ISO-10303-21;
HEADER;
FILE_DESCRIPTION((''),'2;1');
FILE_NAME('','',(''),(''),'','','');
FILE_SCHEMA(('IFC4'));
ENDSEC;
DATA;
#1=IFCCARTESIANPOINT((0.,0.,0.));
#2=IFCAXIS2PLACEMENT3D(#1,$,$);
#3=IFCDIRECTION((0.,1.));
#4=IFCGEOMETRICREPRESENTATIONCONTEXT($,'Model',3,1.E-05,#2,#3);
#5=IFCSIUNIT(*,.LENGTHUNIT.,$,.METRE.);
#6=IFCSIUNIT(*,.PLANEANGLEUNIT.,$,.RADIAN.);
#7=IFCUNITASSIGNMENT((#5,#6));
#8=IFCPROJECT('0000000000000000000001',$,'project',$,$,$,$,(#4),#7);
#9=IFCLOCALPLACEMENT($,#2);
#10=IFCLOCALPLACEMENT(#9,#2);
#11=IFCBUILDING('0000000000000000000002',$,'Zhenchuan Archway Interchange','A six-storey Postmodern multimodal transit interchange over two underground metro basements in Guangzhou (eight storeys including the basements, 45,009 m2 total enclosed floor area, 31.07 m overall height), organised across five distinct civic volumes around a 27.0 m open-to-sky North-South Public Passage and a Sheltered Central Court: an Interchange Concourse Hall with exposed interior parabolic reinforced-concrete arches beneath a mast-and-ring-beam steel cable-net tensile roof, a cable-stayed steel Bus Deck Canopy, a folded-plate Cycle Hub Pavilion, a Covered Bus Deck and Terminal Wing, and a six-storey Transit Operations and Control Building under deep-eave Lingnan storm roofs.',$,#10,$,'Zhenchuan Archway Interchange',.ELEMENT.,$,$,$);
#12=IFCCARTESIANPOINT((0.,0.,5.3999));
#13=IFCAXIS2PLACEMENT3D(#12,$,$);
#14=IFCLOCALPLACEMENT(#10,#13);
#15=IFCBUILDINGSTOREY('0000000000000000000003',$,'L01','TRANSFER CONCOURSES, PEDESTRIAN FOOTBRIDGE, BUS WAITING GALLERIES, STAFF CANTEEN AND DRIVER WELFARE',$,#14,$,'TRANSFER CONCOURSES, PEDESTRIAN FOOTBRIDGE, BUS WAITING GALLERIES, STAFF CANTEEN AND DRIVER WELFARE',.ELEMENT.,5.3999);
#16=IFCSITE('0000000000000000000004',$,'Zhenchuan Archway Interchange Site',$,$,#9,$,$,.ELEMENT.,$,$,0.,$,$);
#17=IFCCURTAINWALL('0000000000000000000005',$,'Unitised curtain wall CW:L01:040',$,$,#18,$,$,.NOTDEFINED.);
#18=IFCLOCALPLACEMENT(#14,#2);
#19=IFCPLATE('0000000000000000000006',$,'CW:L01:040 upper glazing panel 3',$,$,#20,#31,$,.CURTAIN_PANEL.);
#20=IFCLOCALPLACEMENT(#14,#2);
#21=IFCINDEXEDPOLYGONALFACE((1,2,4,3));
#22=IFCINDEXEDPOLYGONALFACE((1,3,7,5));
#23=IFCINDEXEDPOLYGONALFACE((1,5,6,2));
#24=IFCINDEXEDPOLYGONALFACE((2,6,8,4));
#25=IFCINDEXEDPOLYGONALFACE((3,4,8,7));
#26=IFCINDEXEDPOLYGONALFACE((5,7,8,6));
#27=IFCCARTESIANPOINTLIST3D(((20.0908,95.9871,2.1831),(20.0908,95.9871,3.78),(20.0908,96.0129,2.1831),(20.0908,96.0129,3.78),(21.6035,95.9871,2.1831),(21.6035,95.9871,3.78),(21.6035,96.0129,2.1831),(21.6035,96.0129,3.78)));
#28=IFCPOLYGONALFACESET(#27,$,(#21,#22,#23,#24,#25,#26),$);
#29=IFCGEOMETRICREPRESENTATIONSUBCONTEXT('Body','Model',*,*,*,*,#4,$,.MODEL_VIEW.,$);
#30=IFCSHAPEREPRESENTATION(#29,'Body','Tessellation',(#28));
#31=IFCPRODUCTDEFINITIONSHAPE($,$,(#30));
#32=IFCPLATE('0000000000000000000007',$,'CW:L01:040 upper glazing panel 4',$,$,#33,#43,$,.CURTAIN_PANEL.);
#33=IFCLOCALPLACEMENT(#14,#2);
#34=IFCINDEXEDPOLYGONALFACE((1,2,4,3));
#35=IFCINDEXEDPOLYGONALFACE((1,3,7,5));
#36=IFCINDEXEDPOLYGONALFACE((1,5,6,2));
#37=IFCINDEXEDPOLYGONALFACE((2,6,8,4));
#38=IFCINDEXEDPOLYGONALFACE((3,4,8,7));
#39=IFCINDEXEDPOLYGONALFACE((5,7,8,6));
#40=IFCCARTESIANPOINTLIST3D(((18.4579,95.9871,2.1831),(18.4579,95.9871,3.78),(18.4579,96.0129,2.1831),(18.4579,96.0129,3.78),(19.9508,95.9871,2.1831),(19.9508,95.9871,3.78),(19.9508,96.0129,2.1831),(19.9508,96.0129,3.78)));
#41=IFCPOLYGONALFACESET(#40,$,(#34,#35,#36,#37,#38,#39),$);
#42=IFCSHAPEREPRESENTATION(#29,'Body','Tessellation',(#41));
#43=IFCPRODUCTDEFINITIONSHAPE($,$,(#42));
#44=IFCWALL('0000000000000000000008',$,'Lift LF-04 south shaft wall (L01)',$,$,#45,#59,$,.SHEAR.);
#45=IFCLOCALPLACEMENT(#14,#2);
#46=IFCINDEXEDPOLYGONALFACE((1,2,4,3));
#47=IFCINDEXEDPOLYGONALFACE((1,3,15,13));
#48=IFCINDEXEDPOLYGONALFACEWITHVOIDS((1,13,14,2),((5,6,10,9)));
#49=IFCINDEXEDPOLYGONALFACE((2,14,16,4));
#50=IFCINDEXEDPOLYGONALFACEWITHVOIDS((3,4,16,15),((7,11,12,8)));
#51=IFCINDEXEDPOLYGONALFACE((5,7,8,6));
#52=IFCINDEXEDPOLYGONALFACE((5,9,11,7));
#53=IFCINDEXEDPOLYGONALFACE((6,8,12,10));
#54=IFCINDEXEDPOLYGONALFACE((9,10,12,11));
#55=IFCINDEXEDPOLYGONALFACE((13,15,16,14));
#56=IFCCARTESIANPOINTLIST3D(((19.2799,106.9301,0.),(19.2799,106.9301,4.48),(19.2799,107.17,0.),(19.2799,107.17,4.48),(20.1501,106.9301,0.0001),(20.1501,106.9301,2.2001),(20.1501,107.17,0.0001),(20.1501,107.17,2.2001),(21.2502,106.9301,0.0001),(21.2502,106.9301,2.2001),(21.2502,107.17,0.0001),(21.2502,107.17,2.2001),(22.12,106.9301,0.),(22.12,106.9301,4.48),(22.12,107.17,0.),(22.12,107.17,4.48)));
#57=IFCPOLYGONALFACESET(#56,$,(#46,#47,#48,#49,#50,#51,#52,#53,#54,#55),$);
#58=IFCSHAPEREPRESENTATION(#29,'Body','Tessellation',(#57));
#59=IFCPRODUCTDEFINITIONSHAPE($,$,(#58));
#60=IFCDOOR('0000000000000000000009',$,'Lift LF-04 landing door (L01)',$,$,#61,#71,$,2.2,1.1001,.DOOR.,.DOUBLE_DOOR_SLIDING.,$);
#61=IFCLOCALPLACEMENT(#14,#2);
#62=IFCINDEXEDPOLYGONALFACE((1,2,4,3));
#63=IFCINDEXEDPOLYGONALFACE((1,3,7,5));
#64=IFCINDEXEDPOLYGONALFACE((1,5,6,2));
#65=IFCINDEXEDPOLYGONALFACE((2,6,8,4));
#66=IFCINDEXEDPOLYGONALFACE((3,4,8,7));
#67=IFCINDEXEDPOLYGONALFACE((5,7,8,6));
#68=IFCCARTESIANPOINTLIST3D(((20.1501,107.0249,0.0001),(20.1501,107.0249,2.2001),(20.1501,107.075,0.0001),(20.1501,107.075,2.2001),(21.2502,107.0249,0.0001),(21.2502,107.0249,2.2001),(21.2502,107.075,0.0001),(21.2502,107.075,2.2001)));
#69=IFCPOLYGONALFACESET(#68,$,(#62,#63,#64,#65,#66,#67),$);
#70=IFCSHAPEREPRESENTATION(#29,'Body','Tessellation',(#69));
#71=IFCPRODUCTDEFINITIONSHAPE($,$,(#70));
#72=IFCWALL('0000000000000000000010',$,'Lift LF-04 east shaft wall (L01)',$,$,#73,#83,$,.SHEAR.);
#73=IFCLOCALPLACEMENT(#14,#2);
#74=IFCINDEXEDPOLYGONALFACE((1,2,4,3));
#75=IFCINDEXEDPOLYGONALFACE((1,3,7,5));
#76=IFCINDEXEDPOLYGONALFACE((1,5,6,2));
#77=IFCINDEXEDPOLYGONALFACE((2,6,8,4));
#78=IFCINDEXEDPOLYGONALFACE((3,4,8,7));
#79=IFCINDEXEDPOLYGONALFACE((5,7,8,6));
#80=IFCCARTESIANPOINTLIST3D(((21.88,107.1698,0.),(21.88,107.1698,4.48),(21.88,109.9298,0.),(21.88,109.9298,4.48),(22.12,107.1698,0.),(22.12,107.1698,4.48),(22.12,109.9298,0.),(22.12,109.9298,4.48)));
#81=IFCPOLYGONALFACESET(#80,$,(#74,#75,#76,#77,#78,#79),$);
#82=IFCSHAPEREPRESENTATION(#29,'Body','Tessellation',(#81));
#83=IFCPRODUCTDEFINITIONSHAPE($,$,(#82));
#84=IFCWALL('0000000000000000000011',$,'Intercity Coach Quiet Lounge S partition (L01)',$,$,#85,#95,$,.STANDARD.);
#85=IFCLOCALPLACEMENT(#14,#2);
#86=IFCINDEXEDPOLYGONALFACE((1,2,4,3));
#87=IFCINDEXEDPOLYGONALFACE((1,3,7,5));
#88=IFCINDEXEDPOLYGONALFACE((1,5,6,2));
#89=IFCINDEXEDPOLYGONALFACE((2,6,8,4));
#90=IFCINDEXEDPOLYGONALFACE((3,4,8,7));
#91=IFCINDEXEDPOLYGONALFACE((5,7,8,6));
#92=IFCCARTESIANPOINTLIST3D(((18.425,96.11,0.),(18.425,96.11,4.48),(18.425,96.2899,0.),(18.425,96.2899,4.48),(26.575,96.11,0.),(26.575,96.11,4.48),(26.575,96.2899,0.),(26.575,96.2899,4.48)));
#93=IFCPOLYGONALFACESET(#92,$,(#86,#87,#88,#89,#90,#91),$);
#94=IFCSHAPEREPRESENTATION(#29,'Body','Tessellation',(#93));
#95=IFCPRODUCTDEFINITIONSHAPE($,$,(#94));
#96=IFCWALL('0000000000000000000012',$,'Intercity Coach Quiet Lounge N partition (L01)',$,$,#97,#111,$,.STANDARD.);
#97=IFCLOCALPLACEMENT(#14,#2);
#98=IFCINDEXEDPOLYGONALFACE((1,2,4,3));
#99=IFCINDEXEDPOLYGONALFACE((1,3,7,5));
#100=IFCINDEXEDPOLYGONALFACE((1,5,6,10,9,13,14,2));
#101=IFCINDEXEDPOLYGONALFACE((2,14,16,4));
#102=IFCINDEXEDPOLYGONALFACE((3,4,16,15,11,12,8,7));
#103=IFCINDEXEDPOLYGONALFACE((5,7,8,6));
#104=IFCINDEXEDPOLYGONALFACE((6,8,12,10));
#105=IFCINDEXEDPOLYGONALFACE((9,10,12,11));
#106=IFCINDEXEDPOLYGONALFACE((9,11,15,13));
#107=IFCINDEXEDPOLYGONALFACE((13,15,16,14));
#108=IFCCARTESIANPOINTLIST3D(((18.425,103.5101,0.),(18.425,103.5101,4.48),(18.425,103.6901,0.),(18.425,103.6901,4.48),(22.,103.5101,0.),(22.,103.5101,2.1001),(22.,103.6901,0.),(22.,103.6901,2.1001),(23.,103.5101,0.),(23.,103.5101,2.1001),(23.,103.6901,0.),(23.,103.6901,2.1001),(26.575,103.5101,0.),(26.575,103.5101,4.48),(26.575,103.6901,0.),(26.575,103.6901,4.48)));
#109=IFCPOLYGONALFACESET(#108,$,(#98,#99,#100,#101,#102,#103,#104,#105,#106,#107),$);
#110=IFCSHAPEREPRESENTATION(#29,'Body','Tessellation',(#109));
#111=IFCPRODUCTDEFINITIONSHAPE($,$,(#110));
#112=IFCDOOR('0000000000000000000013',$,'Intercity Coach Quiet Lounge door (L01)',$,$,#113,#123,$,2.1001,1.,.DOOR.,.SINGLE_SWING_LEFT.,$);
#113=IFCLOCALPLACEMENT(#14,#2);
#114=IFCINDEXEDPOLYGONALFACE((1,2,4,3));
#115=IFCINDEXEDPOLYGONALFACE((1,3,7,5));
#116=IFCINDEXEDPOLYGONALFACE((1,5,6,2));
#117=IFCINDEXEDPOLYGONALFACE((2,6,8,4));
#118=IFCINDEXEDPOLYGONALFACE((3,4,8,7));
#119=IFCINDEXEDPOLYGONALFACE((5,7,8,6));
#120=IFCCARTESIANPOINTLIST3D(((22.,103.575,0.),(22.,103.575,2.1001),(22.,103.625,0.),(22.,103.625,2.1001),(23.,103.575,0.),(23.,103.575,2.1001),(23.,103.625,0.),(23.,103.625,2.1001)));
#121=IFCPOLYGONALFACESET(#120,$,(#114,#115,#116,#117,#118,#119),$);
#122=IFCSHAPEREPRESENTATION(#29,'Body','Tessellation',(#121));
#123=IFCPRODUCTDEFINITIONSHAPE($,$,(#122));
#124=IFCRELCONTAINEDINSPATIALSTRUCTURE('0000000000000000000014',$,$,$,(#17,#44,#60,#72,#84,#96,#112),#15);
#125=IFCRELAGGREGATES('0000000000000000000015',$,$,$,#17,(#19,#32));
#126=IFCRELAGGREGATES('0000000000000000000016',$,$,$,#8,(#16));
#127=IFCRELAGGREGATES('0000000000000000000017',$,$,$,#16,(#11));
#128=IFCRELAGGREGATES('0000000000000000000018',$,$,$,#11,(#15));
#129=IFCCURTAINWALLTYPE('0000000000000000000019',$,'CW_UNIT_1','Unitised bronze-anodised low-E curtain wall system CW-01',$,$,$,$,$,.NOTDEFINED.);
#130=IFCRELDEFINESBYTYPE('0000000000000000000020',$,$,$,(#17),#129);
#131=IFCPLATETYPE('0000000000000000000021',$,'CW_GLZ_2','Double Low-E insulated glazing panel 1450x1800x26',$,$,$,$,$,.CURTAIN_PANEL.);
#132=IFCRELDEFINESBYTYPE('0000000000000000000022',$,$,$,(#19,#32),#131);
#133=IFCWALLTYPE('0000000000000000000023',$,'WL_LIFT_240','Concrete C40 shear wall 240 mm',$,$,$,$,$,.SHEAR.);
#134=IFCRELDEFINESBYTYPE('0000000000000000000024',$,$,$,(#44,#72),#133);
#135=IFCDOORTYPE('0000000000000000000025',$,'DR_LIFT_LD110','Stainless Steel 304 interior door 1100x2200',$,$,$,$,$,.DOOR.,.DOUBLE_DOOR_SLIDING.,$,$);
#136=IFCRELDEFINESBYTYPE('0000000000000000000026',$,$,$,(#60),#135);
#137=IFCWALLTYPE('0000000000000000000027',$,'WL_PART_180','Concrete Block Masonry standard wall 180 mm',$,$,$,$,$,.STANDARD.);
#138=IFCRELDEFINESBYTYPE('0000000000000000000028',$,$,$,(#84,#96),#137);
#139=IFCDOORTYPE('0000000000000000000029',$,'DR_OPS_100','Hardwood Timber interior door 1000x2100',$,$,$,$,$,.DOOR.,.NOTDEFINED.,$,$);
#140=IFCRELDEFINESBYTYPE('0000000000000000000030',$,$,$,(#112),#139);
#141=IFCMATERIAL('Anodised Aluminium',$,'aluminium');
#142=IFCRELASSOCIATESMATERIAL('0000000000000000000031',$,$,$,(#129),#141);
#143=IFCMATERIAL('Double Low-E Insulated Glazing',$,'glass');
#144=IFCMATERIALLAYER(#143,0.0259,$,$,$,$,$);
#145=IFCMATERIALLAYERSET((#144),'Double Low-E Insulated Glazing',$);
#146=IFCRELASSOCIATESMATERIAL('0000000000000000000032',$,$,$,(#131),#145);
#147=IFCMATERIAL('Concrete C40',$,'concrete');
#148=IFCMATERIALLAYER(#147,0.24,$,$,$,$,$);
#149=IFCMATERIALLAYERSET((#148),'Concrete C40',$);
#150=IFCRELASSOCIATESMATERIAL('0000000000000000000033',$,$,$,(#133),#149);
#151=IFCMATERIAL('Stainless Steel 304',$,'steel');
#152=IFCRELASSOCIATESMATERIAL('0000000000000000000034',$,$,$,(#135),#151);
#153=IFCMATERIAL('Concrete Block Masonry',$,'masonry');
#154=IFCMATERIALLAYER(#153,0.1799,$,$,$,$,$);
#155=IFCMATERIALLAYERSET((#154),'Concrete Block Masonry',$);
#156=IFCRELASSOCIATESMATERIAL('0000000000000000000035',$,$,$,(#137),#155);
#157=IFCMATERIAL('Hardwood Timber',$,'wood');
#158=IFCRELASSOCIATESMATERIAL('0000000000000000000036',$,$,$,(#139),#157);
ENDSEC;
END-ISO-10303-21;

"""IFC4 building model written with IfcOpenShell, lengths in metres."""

from ifc_helpers import new_model, si_unit, direction, frame, frame_2d, origin, origin_2d, place, context, subcontext, project, spatial, rectangle, extrude, material, layer, layer_set, type_object, element, fill, aggregate, save


model = new_model("IFC4")

# Units and contexts
model_context = context("Model", 3, precision=1e-05, world=origin(), true_north=direction((0.0, 1.0)))
body_context = subcontext(model_context, "Body", "Model", "MODEL_VIEW")
ifc_project = project(units=[si_unit("LENGTHUNIT", "METRE"), si_unit("PLANEANGLEUNIT", "RADIAN")], contexts=[model_context])

# Site, building, storey
site_placement = place(None, origin())
site = spatial("IfcSite", under=ifc_project, at=site_placement, Name="Zhenchuan Archway Interchange Site", CompositionType="ELEMENT", RefElevation=0.0)
building_placement = place(site_placement, origin())
building = spatial("IfcBuilding", under=site, at=building_placement, Name="Zhenchuan Archway Interchange", Description="A six-storey Postmodern multimodal transit interchange over two underground metro basements in Guangzhou (eight storeys including the basements, 45,009 m2 total enclosed floor area, 31.07 m overall height), organised across five distinct civic volumes around a 27.0 m open-to-sky North-South Public Passage and a Sheltered Central Court: an Interchange Concourse Hall with exposed interior parabolic reinforced-concrete arches beneath a mast-and-ring-beam steel cable-net tensile roof, a cable-stayed steel Bus Deck Canopy, a folded-plate Cycle Hub Pavilion, a Covered Bus Deck and Terminal Wing, and a six-storey Transit Operations and Control Building under deep-eave Lingnan storm roofs.", LongName="Zhenchuan Archway Interchange", CompositionType="ELEMENT")
storey_placement = place(building_placement, frame((0.0, 0.0, 5.3999)))
storey = spatial("IfcBuildingStorey", under=building, at=storey_placement, Name="L01", Description="TRANSFER CONCOURSES, PEDESTRIAN FOOTBRIDGE, BUS WAITING GALLERIES, STAFF CANTEEN AND DRIVER WELFARE", LongName="TRANSFER CONCOURSES, PEDESTRIAN FOOTBRIDGE, BUS WAITING GALLERIES, STAFF CANTEEN AND DRIVER WELFARE", CompositionType="ELEMENT", Elevation=5.3999)

# Shared definitions
ifc_material_1 = material(Name="Concrete C40", Category="concrete")

# Curtain wall
ifc_material_2 = material(Name="Anodised Aluminium", Category="aluminium")
curtain_wall_type = type_object("IfcCurtainWallType", Name="CW_UNIT_1", Description="Unitised bronze-anodised low-E curtain wall system CW-01", PredefinedType="NOTDEFINED", material=ifc_material_2)
curtain_wall_placement = place(storey_placement, origin())
curtain_wall = element("IfcCurtainWall", 1, at=curtain_wall_placement, inside=storey, type_object=curtain_wall_type, Name="Unitised curtain wall CW:L01:040", PredefinedType="NOTDEFINED")

# Plates
ifc_material_3 = material(Name="Double Low-E Insulated Glazing", Category="glass")
ifc_layer_1 = layer(ifc_material_3, 0.0259)
ifc_layer_set_1 = layer_set([ifc_layer_1], Name="Double Low-E Insulated Glazing")
plate_type_1 = type_object("IfcPlateType", Name="CW_GLZ_2", Description="Double Low-E insulated glazing panel 1450x1800x26", PredefinedType="CURTAIN_PANEL", material=ifc_layer_set_1)
plate_1_placement = place(storey_placement, frame((20.8472, 96.0, 2.1831), z_axis=(0.0, 0.0, 1.0), x_axis=(-1.0, 0.0, 0.0)))
plate_1 = element("IfcPlate", 2, at=plate_1_placement, type_object=plate_type_1, Name="CW:L01:040 upper glazing panel 3", PredefinedType="CURTAIN_PANEL", context=body_context, shape_type="SweptSolid", body=[
    extrude(rectangle(XDim=1.5127, YDim=0.0259, at=origin_2d()), origin(), (0.0, 0.0, 1.0), 1.5969),
])
plate_2_placement = place(storey_placement, frame((19.2043, 96.0, 2.1831), z_axis=(0.0, 0.0, 1.0), x_axis=(-1.0, 0.0, 0.0)))
plate_2 = element("IfcPlate", 3, at=plate_2_placement, type_object=plate_type_1, Name="CW:L01:040 upper glazing panel 4", PredefinedType="CURTAIN_PANEL", context=body_context, shape_type="SweptSolid", body=[
    extrude(rectangle(XDim=1.4929, YDim=0.0259, at=origin_2d()), origin(), (0.0, 0.0, 1.0), 1.5969),
])
aggregate(curtain_wall, [plate_1, plate_2])

# Wall, opening, door
ifc_layer_2 = layer(ifc_material_1, 0.24)
ifc_layer_set_2 = layer_set([ifc_layer_2], Name="Concrete C40")
wall_type_1 = type_object("IfcWallType", Name="WL_LIFT_240", Description="Concrete C40 shear wall 240 mm", PredefinedType="SHEAR", material=ifc_layer_set_2)
wall_1_placement = place(storey_placement, frame((19.28, 107.05, 0.0), z_axis=(0.0, 0.0, 1.0), x_axis=(1.0, 0.0, 0.0)))
wall_1 = element("IfcWall", 4, at=wall_1_placement, inside=storey, type_object=wall_type_1, Name="Lift LF-04 south shaft wall (L01)", PredefinedType="SHEAR", context=body_context, shape_type="SweptSolid", body=[
    extrude(rectangle(XDim=2.8401, YDim=0.24, at=frame_2d((1.4199, 0.0))), origin(), (0.0, 0.0, 1.0), 4.48),
])
opening_1_placement = place(wall_1_placement, frame((0.8701, 0.0, 0.0)))
opening_1 = element("IfcOpeningElement", 5, at=opening_1_placement, cuts=wall_1, PredefinedType="OPENING", context=body_context, shape_type="SweptSolid", body=[
    extrude(rectangle(XDim=1.1001, YDim=2.2, at=frame_2d((0.55, 1.1001))), frame((0.0, 0.1318, 0.0), z_axis=(0.0, -1.0, 0.0), x_axis=(1.0, 0.0, 0.0)), (0.0, 0.0, 1.0), 0.2639),
])
ifc_material_4 = material(Name="Stainless Steel 304", Category="steel")
door_type_1 = type_object("IfcDoorType", Name="DR_LIFT_LD110", Description="Stainless Steel 304 interior door 1100x2200", OperationType="DOUBLE_DOOR_SLIDING", PredefinedType="DOOR", material=ifc_material_4)
door_1_placement = place(opening_1_placement, origin())
door_1 = element("IfcDoor", 6, at=door_1_placement, inside=storey, type_object=door_type_1, Name="Lift LF-04 landing door (L01)", OperationType="DOUBLE_DOOR_SLIDING", OverallHeight=2.2, OverallWidth=1.1001, PredefinedType="DOOR", context=body_context, shape_type="SweptSolid", body=[
    extrude(rectangle(XDim=1.1001, YDim=2.2, at=frame_2d((0.55, 1.1001))), frame((0.0, 0.0249, 0.0), z_axis=(0.0, -1.0, 0.0), x_axis=(1.0, 0.0, 0.0)), (0.0, 0.0, 1.0), 0.05),
])
fill(opening_1, door_1)

# Walls
wall_2_placement = place(storey_placement, frame((22.0, 107.1699, 0.0), z_axis=(0.0, 0.0, 1.0), x_axis=(0.0, 1.0, 0.0)))
element("IfcWall", 7, at=wall_2_placement, inside=storey, type_object=wall_type_1, Name="Lift LF-04 east shaft wall (L01)", PredefinedType="SHEAR", context=body_context, shape_type="SweptSolid", body=[
    extrude(rectangle(XDim=2.76, YDim=0.24, at=frame_2d((1.3799, 0.0))), origin(), (0.0, 0.0, 1.0), 4.48),
])
ifc_material_5 = material(Name="Concrete Block Masonry", Category="masonry")
ifc_layer_3 = layer(ifc_material_5, 0.1799)
ifc_layer_set_3 = layer_set([ifc_layer_3], Name="Concrete Block Masonry")
wall_type_2 = type_object("IfcWallType", Name="WL_PART_180", Description="Concrete Block Masonry standard wall 180 mm", PredefinedType="STANDARD", material=ifc_layer_set_3)
wall_3_placement = place(storey_placement, frame((18.425, 96.2, 0.0), z_axis=(0.0, 0.0, 1.0), x_axis=(1.0, 0.0, 0.0)))
element("IfcWall", 8, at=wall_3_placement, inside=storey, type_object=wall_type_2, Name="Intercity Coach Quiet Lounge S partition (L01)", PredefinedType="STANDARD", context=body_context, shape_type="SweptSolid", body=[
    extrude(rectangle(XDim=8.1499, YDim=0.1799, at=frame_2d((4.075, 0.0))), origin(), (0.0, 0.0, 1.0), 4.48),
])

# Wall, opening, door
wall_4_placement = place(storey_placement, frame((18.425, 103.6001, 0.0), z_axis=(0.0, 0.0, 1.0), x_axis=(1.0, 0.0, 0.0)))
wall_4 = element("IfcWall", 9, at=wall_4_placement, inside=storey, type_object=wall_type_2, Name="Intercity Coach Quiet Lounge N partition (L01)", PredefinedType="STANDARD", context=body_context, shape_type="SweptSolid", body=[
    extrude(rectangle(XDim=8.1499, YDim=0.1799, at=frame_2d((4.075, 0.0))), origin(), (0.0, 0.0, 1.0), 4.48),
])
opening_2_placement = place(wall_4_placement, frame((3.575, 0.0, 0.0)))
opening_2 = element("IfcOpeningElement", 10, at=opening_2_placement, cuts=wall_4, PredefinedType="OPENING", context=body_context, shape_type="SweptSolid", body=[
    extrude(rectangle(XDim=1.0, YDim=2.1001, at=frame_2d((0.5, 1.05))), frame((0.0, 0.1021, 0.0), z_axis=(0.0, -1.0, 0.0), x_axis=(1.0, 0.0, 0.0)), (0.0, 0.0, 1.0), 0.2039),
])
ifc_material_6 = material(Name="Hardwood Timber", Category="wood")
door_type_2 = type_object("IfcDoorType", Name="DR_OPS_100", Description="Hardwood Timber interior door 1000x2100", OperationType="NOTDEFINED", PredefinedType="DOOR", material=ifc_material_6)
door_2_placement = place(opening_2_placement, origin())
door_2 = element("IfcDoor", 11, at=door_2_placement, inside=storey, type_object=door_type_2, Name="Intercity Coach Quiet Lounge door (L01)", OperationType="SINGLE_SWING_LEFT", OverallHeight=2.1001, OverallWidth=1.0, PredefinedType="DOOR", context=body_context, shape_type="SweptSolid", body=[
    extrude(rectangle(XDim=1.0, YDim=2.1001, at=frame_2d((0.5, 1.05))), frame((0.0, 0.0249, 0.0), z_axis=(0.0, -1.0, 0.0), x_axis=(1.0, 0.0, 0.0)), (0.0, 0.0, 1.0), 0.05),
])
fill(opening_2, door_2)

save(model, "model.ifc")
